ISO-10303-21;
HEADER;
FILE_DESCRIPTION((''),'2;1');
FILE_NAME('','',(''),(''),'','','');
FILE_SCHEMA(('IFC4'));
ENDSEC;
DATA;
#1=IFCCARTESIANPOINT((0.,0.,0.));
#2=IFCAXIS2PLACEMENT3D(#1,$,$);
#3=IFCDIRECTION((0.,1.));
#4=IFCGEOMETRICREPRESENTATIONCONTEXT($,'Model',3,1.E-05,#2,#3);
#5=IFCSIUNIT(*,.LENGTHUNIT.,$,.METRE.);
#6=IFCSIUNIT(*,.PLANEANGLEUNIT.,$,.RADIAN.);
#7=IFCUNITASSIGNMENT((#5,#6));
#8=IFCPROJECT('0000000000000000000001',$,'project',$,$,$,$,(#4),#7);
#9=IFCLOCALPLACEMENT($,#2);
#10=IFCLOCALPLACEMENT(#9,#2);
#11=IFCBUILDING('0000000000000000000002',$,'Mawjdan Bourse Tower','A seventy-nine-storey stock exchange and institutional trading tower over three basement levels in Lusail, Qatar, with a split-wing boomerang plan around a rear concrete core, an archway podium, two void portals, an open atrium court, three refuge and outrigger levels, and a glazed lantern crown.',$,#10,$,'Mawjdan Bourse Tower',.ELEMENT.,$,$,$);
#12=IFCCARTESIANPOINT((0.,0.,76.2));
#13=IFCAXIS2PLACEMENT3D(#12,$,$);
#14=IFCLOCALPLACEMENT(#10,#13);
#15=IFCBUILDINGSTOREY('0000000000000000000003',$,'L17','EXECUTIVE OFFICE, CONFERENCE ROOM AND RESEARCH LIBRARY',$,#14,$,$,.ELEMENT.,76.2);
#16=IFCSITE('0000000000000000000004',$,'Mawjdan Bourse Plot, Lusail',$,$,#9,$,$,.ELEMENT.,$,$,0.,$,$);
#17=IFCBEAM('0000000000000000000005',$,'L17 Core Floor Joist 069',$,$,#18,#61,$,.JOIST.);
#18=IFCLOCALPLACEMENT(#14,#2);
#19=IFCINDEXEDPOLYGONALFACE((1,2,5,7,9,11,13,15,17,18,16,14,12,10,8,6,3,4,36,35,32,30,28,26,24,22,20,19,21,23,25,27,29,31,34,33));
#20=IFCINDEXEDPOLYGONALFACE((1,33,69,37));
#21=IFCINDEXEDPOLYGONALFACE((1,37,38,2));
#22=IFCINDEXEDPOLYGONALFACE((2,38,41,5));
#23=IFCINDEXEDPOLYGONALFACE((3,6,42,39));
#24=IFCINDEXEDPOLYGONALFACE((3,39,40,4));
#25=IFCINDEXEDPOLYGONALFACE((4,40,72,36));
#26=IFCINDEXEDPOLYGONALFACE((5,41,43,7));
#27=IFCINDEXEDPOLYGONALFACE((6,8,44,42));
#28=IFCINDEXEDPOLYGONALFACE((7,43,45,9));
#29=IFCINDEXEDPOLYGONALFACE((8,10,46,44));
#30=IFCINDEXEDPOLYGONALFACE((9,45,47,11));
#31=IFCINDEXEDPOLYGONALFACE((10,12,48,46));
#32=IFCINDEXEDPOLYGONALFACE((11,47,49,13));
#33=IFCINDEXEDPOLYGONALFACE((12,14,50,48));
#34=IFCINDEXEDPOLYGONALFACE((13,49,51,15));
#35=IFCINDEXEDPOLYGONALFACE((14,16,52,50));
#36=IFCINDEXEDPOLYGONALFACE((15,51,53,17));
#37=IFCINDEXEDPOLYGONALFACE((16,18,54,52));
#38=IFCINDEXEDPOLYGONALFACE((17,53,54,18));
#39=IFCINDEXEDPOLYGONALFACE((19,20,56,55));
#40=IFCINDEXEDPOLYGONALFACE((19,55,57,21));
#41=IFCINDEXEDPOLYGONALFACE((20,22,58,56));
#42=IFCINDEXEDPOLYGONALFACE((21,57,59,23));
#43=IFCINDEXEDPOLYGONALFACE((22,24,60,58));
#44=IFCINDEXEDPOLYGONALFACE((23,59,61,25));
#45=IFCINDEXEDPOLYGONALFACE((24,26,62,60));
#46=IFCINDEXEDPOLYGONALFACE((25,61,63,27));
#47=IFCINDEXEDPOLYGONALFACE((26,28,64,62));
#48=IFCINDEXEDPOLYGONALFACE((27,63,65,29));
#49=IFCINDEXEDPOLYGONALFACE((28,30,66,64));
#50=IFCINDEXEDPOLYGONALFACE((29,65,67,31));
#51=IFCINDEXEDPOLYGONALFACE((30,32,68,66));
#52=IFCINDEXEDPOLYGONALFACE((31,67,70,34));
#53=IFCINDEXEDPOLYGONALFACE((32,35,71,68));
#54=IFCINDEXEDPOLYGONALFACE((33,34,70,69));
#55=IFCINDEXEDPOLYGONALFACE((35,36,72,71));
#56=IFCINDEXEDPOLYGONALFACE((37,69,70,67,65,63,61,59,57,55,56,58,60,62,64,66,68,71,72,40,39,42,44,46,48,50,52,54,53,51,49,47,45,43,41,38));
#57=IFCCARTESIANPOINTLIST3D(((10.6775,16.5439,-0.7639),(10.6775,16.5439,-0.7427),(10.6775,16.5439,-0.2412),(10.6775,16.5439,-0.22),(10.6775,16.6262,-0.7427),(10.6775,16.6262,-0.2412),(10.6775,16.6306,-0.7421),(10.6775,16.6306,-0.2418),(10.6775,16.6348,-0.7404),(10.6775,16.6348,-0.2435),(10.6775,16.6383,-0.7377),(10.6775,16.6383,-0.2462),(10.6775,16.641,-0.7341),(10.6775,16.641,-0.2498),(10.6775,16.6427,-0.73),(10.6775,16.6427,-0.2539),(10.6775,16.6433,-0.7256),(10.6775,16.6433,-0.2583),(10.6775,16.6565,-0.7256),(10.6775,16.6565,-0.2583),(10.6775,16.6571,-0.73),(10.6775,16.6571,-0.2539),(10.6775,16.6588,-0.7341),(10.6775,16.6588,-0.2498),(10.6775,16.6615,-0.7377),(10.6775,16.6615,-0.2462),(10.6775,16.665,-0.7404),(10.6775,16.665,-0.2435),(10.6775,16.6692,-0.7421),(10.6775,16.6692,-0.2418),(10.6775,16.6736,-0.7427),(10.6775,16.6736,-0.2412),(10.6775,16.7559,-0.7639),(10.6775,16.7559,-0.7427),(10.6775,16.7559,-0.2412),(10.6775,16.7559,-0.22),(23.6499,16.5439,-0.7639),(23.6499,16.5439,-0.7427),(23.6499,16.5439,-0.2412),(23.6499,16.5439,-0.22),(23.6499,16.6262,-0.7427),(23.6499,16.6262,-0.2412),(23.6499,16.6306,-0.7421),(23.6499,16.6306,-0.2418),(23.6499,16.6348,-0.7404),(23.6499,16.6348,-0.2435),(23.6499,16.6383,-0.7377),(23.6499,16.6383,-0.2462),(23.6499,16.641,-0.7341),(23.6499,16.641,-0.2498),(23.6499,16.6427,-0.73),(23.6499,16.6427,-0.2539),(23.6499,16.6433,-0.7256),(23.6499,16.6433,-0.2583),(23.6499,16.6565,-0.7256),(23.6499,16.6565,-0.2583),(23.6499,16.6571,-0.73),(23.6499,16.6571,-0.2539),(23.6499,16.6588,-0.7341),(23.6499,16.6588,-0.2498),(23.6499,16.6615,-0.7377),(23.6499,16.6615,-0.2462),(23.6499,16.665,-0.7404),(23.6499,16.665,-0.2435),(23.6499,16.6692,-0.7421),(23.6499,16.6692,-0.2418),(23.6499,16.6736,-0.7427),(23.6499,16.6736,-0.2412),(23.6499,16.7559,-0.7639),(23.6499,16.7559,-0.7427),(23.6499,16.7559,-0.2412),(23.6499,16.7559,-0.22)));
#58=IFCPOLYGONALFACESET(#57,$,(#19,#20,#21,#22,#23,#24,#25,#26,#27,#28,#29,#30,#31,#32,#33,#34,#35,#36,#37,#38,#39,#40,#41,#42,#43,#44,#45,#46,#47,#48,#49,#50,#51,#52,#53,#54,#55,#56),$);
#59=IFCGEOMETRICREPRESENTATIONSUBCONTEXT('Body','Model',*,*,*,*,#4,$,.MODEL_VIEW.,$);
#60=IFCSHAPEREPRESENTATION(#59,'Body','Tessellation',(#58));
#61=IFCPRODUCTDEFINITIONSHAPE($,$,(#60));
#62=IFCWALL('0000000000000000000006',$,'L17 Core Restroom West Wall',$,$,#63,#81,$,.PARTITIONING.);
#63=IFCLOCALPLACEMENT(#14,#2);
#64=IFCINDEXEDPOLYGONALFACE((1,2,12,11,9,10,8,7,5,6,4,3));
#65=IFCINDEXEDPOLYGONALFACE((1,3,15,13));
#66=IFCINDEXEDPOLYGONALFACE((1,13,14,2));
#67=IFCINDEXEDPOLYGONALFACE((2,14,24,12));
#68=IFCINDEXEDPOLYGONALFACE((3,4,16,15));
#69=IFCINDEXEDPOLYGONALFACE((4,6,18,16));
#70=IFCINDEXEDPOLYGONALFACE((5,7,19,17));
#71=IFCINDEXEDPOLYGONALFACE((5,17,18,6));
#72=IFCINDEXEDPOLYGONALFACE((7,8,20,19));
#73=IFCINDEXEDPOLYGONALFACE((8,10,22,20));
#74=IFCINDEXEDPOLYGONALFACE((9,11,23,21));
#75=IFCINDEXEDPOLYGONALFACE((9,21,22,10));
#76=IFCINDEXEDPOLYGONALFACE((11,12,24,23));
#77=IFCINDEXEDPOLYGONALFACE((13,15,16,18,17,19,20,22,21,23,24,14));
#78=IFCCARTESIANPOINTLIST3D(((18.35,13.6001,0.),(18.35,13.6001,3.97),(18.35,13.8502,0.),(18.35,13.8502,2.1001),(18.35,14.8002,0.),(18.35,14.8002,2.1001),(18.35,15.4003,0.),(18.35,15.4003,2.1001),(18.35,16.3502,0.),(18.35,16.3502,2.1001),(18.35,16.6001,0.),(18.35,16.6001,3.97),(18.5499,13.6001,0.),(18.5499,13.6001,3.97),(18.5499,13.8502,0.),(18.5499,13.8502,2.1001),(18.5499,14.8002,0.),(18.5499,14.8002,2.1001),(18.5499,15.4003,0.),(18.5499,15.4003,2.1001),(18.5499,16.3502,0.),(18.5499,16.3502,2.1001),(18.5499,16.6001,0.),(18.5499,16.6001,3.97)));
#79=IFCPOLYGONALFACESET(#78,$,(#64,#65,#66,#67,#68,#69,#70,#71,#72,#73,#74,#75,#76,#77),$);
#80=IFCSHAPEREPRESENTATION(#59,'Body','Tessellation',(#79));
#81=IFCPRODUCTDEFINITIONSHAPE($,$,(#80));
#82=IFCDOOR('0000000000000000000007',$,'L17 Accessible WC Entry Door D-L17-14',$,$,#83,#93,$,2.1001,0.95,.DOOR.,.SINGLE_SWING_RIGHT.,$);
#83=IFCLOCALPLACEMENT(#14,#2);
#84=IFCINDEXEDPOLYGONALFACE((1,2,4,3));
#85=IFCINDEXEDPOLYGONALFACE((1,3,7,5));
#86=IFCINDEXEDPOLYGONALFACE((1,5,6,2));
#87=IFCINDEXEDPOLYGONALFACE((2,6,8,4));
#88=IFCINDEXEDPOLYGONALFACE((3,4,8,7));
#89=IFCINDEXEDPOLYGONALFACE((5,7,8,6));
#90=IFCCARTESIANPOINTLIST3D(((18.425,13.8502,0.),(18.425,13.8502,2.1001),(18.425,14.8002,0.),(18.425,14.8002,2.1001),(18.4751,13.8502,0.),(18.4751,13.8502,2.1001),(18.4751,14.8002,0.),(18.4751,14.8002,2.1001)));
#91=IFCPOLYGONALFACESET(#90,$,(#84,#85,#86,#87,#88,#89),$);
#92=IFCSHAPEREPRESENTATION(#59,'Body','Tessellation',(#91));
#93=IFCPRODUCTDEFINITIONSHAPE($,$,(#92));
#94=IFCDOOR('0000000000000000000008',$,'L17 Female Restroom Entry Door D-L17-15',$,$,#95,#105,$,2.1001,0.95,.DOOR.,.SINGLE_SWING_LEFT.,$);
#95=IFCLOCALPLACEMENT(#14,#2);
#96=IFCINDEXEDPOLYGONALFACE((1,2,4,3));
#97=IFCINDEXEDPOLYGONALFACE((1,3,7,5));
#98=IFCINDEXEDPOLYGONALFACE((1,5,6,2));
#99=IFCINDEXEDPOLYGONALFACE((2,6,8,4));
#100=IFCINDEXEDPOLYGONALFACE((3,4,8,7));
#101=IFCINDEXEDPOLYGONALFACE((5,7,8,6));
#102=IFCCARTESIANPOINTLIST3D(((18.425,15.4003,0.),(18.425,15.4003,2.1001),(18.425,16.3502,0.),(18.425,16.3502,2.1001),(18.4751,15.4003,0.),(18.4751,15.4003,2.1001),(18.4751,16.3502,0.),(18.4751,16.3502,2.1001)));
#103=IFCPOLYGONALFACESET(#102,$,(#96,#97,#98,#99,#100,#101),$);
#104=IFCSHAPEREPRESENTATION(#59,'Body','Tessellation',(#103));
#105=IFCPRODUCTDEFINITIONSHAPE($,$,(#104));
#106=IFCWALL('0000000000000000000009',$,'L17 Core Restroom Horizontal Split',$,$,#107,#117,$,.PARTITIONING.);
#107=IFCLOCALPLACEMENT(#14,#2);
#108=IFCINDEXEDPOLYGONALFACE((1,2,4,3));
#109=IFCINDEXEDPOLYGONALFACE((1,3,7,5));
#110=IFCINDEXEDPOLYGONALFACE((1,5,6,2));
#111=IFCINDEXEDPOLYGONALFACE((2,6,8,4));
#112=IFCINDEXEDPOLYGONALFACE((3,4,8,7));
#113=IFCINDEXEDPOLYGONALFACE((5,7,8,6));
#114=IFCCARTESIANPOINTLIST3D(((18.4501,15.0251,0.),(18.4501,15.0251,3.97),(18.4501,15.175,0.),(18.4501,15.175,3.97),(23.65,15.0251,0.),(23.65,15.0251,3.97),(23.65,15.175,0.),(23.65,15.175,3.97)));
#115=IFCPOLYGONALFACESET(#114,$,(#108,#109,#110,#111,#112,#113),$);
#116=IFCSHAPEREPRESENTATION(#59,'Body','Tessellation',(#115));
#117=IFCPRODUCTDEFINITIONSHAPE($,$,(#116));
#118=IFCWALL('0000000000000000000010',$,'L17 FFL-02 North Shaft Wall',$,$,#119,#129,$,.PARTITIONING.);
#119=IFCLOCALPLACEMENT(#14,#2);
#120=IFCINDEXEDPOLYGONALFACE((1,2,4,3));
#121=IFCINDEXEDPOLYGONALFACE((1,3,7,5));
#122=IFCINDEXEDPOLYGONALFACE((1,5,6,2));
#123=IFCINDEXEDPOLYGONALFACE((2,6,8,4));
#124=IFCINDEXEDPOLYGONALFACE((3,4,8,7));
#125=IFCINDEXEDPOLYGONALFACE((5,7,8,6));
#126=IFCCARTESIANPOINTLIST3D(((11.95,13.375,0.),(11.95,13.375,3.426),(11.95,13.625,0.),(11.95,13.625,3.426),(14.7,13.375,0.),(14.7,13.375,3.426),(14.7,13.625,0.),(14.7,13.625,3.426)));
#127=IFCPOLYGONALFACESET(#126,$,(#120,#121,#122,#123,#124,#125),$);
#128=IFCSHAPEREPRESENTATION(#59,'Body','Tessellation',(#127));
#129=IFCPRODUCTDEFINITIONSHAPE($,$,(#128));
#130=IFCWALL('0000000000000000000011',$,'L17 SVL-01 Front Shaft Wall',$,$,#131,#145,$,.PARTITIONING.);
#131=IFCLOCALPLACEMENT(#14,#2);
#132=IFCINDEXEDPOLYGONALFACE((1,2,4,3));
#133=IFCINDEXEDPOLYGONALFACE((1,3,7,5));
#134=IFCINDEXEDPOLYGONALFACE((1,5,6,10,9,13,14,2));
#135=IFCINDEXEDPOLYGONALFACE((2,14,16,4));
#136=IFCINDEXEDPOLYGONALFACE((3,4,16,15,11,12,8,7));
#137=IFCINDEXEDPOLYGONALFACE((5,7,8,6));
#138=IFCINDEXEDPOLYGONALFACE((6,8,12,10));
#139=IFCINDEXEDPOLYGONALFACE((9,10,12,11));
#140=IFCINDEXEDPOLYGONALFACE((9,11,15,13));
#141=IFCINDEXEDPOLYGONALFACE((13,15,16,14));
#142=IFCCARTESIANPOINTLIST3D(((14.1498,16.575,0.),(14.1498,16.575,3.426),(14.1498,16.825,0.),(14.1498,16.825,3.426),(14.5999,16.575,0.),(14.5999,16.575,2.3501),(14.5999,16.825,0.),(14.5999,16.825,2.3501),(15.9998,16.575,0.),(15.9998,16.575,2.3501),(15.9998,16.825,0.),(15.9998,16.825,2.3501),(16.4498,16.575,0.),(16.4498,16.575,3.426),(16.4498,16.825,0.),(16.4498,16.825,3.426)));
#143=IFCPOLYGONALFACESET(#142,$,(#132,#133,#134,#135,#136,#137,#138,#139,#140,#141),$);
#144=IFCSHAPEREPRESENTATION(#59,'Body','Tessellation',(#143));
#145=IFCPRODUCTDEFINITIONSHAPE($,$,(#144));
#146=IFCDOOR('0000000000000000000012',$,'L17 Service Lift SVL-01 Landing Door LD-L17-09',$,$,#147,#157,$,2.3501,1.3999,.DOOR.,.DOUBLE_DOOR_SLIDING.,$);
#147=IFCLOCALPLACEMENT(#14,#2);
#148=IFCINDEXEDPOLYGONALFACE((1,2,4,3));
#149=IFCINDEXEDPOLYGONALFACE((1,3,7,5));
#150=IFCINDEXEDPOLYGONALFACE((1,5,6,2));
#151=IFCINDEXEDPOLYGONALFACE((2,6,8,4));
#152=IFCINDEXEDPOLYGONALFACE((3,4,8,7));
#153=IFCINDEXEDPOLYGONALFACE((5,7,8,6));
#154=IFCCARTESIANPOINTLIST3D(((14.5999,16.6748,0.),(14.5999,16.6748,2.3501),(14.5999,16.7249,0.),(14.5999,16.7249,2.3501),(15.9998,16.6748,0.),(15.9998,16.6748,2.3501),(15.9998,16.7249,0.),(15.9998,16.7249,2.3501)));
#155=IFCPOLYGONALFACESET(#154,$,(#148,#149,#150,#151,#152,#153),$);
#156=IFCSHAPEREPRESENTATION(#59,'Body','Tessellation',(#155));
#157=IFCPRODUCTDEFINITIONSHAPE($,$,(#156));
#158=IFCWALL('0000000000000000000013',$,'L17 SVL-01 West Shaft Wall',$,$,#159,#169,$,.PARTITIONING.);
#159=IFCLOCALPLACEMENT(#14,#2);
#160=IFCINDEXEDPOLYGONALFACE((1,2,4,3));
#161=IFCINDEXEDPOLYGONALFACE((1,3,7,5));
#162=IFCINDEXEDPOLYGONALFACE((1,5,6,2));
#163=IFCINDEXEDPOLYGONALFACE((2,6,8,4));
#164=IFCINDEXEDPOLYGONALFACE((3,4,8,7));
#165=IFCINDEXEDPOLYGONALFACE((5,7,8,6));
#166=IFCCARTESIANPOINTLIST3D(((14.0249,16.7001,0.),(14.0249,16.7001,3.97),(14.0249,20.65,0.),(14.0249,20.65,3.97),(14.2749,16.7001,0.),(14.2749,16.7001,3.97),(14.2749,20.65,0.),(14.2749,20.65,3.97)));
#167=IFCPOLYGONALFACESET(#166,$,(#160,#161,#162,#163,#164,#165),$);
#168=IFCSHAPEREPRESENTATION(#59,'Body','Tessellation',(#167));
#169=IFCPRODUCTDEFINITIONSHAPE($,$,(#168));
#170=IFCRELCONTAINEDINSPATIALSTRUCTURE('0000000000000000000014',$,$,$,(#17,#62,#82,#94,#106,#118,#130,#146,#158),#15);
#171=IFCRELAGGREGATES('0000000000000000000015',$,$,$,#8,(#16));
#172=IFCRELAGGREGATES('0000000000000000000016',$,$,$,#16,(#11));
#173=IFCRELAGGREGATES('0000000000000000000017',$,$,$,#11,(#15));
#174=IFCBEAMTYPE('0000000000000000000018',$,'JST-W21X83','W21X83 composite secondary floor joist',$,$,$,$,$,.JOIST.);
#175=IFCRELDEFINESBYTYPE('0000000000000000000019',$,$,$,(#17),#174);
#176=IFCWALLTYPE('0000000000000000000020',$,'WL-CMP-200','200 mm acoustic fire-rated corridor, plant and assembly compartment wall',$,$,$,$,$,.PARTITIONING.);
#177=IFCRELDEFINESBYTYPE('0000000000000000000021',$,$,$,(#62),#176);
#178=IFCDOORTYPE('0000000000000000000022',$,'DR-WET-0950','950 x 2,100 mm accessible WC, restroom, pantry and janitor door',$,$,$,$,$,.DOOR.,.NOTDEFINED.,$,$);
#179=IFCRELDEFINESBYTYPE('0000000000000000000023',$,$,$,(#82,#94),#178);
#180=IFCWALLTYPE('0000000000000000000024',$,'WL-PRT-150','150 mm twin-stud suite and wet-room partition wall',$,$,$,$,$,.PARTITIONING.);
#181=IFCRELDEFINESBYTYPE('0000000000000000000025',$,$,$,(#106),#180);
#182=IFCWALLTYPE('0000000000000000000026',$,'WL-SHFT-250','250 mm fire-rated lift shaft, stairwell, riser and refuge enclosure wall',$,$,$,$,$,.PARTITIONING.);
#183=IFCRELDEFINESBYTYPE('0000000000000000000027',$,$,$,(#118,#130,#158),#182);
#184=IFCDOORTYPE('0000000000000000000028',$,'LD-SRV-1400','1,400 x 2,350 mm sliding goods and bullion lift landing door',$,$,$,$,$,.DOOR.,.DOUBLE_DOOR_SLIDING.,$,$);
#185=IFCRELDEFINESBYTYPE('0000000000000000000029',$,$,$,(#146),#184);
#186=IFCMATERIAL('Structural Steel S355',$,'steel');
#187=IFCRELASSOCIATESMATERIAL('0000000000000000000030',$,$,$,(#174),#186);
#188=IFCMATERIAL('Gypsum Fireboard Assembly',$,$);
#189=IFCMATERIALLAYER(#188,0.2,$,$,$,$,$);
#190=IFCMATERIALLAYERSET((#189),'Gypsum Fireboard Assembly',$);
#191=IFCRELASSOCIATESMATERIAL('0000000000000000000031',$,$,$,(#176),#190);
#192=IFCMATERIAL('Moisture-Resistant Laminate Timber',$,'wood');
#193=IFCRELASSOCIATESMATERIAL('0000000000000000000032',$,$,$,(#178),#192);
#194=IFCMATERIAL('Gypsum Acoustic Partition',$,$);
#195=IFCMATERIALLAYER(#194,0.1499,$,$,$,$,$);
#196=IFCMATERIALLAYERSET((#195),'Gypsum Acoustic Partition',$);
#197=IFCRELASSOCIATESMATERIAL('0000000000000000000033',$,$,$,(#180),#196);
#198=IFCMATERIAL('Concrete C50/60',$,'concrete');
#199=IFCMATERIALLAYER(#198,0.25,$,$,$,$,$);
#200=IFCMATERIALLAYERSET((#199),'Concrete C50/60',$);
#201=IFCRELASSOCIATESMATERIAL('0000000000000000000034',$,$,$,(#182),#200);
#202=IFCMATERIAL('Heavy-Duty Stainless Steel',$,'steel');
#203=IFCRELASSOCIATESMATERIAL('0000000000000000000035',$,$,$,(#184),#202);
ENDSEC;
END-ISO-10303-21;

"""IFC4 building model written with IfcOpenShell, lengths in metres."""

from ifc_helpers import new_model, si_unit, direction, frame, frame_2d, origin, origin_2d, place, context, subcontext, project, spatial, rectangle, i_section, extrude, material, layer, layer_set, material_profile, profile_set, type_object, element, fill, save


model = new_model("IFC4")

# Units and contexts
model_context = context("Model", 3, precision=1e-05, world=origin(), true_north=direction((0.0, 1.0)))
body_context = subcontext(model_context, "Body", "Model", "MODEL_VIEW")
ifc_project = project(units=[si_unit("LENGTHUNIT", "METRE"), si_unit("PLANEANGLEUNIT", "RADIAN")], contexts=[model_context])

# Site, building, storey
site_placement = place(None, origin())
site = spatial("IfcSite", under=ifc_project, at=site_placement, Name="Mawjdan Bourse Plot, Lusail", CompositionType="ELEMENT", RefElevation=0.0)
building_placement = place(site_placement, origin())
building = spatial("IfcBuilding", under=site, at=building_placement, Name="Mawjdan Bourse Tower", Description="A seventy-nine-storey stock exchange and institutional trading tower over three basement levels in Lusail, Qatar, with a split-wing boomerang plan around a rear concrete core, an archway podium, two void portals, an open atrium court, three refuge and outrigger levels, and a glazed lantern crown.", LongName="Mawjdan Bourse Tower", CompositionType="ELEMENT")
storey_placement = place(building_placement, frame((0.0, 0.0, 76.2)))
storey = spatial("IfcBuildingStorey", under=building, at=storey_placement, Name="L17", Description="EXECUTIVE OFFICE, CONFERENCE ROOM AND RESEARCH LIBRARY", CompositionType="ELEMENT", Elevation=76.2)

# Beam
ifc_material_1 = material(Name="Structural Steel S355", Category="steel")
ifc_material_profile = material_profile(ifc_material_1, i_section(OverallWidth=0.2119, OverallDepth=0.5439, WebThickness=0.0132, FlangeThickness=0.0212, FilletRadius=0.0171, at=origin_2d()), Name="W21X83")
ifc_profile_set = profile_set([ifc_material_profile], Name="Structural Steel S355")
beam_type = type_object("IfcBeamType", Name="JST-W21X83", Description="W21X83 composite secondary floor joist", PredefinedType="JOIST", material=ifc_profile_set)
beam_placement = place(storey_placement, frame((10.6775, 16.6499, -0.4919), z_axis=(1.0, 0.0, 0.0), x_axis=(0.0, 1.0, 0.0)))
element("IfcBeam", 1, at=beam_placement, inside=storey, type_object=beam_type, Name="L17 Core Floor Joist 069", PredefinedType="JOIST", context=body_context, shape_type="SweptSolid", body=[
    extrude(i_section(OverallWidth=0.2119, OverallDepth=0.5439, WebThickness=0.0132, FlangeThickness=0.0212, FilletRadius=0.0171, at=origin_2d()), origin(), (0.0, 0.0, 1.0), 12.9724),
])

# Wall, openings, doors
ifc_material_2 = material(Name="Gypsum Fireboard Assembly")
ifc_layer_1 = layer(ifc_material_2, 0.2)
ifc_layer_set_1 = layer_set([ifc_layer_1], Name="Gypsum Fireboard Assembly")
wall_type_1 = type_object("IfcWallType", Name="WL-CMP-200", Description="200 mm acoustic fire-rated corridor, plant and assembly compartment wall", PredefinedType="PARTITIONING", material=ifc_layer_set_1)
wall_1_placement = place(storey_placement, frame((18.45, 13.6001, 0.0), z_axis=(0.0, 0.0, 1.0), x_axis=(0.0, 1.0, 0.0)))
wall_1 = element("IfcWall", 2, at=wall_1_placement, inside=storey, type_object=wall_type_1, Name="L17 Core Restroom West Wall", PredefinedType="PARTITIONING", context=body_context, shape_type="SweptSolid", body=[
    extrude(rectangle(XDim=3.0, YDim=0.2, at=frame_2d((1.5, 0.0))), origin(), (0.0, 0.0, 1.0), 3.97),
])
opening_1_placement = place(wall_1_placement, frame((0.25, 0.0, 0.0)))
opening_1 = element("IfcOpeningElement", 3, at=opening_1_placement, cuts=wall_1, PredefinedType="OPENING", context=body_context, shape_type="SweptSolid", body=[
    extrude(rectangle(XDim=0.95, YDim=2.1001, at=frame_2d((0.4751, 1.05))), frame((0.0, 0.1099, 0.0), z_axis=(0.0, -1.0, 0.0), x_axis=(1.0, 0.0, 0.0)), (0.0, 0.0, 1.0), 0.22),
])
opening_2_placement = place(wall_1_placement, frame((1.8, 0.0, 0.0)))
opening_2 = element("IfcOpeningElement", 4, at=opening_2_placement, cuts=wall_1, PredefinedType="OPENING", context=body_context, shape_type="SweptSolid", body=[
    extrude(rectangle(XDim=0.95, YDim=2.1001, at=frame_2d((0.4751, 1.05))), frame((0.0, 0.1099, 0.0), z_axis=(0.0, -1.0, 0.0), x_axis=(1.0, 0.0, 0.0)), (0.0, 0.0, 1.0), 0.22),
])
ifc_material_3 = material(Name="Moisture-Resistant Laminate Timber", Category="wood")
door_type_1 = type_object("IfcDoorType", Name="DR-WET-0950", Description="950 x 2,100 mm accessible WC, restroom, pantry and janitor door", OperationType="NOTDEFINED", PredefinedType="DOOR", material=ifc_material_3)
door_1_placement = place(opening_1_placement, origin())
door_1 = element("IfcDoor", 5, at=door_1_placement, inside=storey, type_object=door_type_1, Name="L17 Accessible WC Entry Door D-L17-14", OperationType="SINGLE_SWING_RIGHT", OverallHeight=2.1001, OverallWidth=0.95, PredefinedType="DOOR", context=body_context, shape_type="SweptSolid", body=[
    extrude(rectangle(XDim=0.95, YDim=2.1001, at=frame_2d((0.4751, 1.05))), frame((0.0, 0.0249, 0.0), z_axis=(0.0, -1.0, 0.0), x_axis=(1.0, 0.0, 0.0)), (0.0, 0.0, 1.0), 0.05),
])
fill(opening_1, door_1)
door_2_placement = place(opening_2_placement, origin())
door_2 = element("IfcDoor", 6, at=door_2_placement, inside=storey, type_object=door_type_1, Name="L17 Female Restroom Entry Door D-L17-15", OperationType="SINGLE_SWING_LEFT", OverallHeight=2.1001, OverallWidth=0.95, PredefinedType="DOOR", context=body_context, shape_type="SweptSolid", body=[
    extrude(rectangle(XDim=0.95, YDim=2.1001, at=frame_2d((0.4751, 1.05))), frame((0.0, 0.0249, 0.0), z_axis=(0.0, -1.0, 0.0), x_axis=(1.0, 0.0, 0.0)), (0.0, 0.0, 1.0), 0.05),
])
fill(opening_2, door_2)

# Walls
ifc_material_4 = material(Name="Gypsum Acoustic Partition")
ifc_layer_2 = layer(ifc_material_4, 0.1499)
ifc_layer_set_2 = layer_set([ifc_layer_2], Name="Gypsum Acoustic Partition")
wall_type_2 = type_object("IfcWallType", Name="WL-PRT-150", Description="150 mm twin-stud suite and wet-room partition wall", PredefinedType="PARTITIONING", material=ifc_layer_set_2)
wall_2_placement = place(storey_placement, frame((18.45, 15.1001, 0.0), z_axis=(0.0, 0.0, 1.0), x_axis=(1.0, 0.0, 0.0)))
element("IfcWall", 7, at=wall_2_placement, inside=storey, type_object=wall_type_2, Name="L17 Core Restroom Horizontal Split", PredefinedType="PARTITIONING", context=body_context, shape_type="SweptSolid", body=[
    extrude(rectangle(XDim=5.2, YDim=0.1499, at=frame_2d((2.6001, 0.0))), origin(), (0.0, 0.0, 1.0), 3.97),
])
ifc_material_5 = material(Name="Concrete C50/60", Category="concrete")
ifc_layer_3 = layer(ifc_material_5, 0.25)
ifc_layer_set_3 = layer_set([ifc_layer_3], Name="Concrete C50/60")
wall_type_3 = type_object("IfcWallType", Name="WL-SHFT-250", Description="250 mm fire-rated lift shaft, stairwell, riser and refuge enclosure wall", PredefinedType="PARTITIONING", material=ifc_layer_set_3)
wall_3_placement = place(storey_placement, frame((11.95, 13.5, 0.0), z_axis=(0.0, 0.0, 1.0), x_axis=(1.0, 0.0, 0.0)))
element("IfcWall", 8, at=wall_3_placement, inside=storey, type_object=wall_type_3, Name="L17 FFL-02 North Shaft Wall", PredefinedType="PARTITIONING", context=body_context, shape_type="SweptSolid", body=[
    extrude(rectangle(XDim=2.75, YDim=0.25, at=frame_2d((1.375, 0.0))), origin(), (0.0, 0.0, 1.0), 3.426),
])

# Wall, opening, door
wall_4_placement = place(storey_placement, frame((14.1499, 16.7, 0.0), z_axis=(0.0, 0.0, 1.0), x_axis=(1.0, 0.0, 0.0)))
wall_4 = element("IfcWall", 9, at=wall_4_placement, inside=storey, type_object=wall_type_3, Name="L17 SVL-01 Front Shaft Wall", PredefinedType="PARTITIONING", context=body_context, shape_type="SweptSolid", body=[
    extrude(rectangle(XDim=2.3, YDim=0.25, at=frame_2d((1.1499, 0.0))), origin(), (0.0, 0.0, 1.0), 3.426),
])
opening_3_placement = place(wall_4_placement, frame((0.45, 0.0, 0.0)))
opening_3 = element("IfcOpeningElement", 10, at=opening_3_placement, cuts=wall_4, PredefinedType="OPENING", context=body_context, shape_type="SweptSolid", body=[
    extrude(rectangle(XDim=1.3999, YDim=2.3501, at=frame_2d((0.7, 1.175))), frame((0.0, 0.135, 0.0), z_axis=(0.0, -1.0, 0.0), x_axis=(1.0, 0.0, 0.0)), (0.0, 0.0, 1.0), 0.27),
])
ifc_material_6 = material(Name="Heavy-Duty Stainless Steel", Category="steel")
door_type_2 = type_object("IfcDoorType", Name="LD-SRV-1400", Description="1,400 x 2,350 mm sliding goods and bullion lift landing door", OperationType="DOUBLE_DOOR_SLIDING", PredefinedType="DOOR", material=ifc_material_6)
door_3_placement = place(opening_3_placement, origin())
door_3 = element("IfcDoor", 11, at=door_3_placement, inside=storey, type_object=door_type_2, Name="L17 Service Lift SVL-01 Landing Door LD-L17-09", OperationType="DOUBLE_DOOR_SLIDING", OverallHeight=2.3501, OverallWidth=1.3999, PredefinedType="DOOR", context=body_context, shape_type="SweptSolid", body=[
    extrude(rectangle(XDim=1.3999, YDim=2.3501, at=frame_2d((0.7, 1.175))), frame((0.0, 0.0249, 0.0), z_axis=(0.0, -1.0, 0.0), x_axis=(1.0, 0.0, 0.0)), (0.0, 0.0, 1.0), 0.05),
])
fill(opening_3, door_3)

# Wall
for number, where, z_axis, x_axis, name in (
    (12, (14.1499, 16.7, 0.0), (0.0, 0.0, 1.0), (0.0, 1.0, 0.0), "L17 SVL-01 West Shaft Wall"),
):
    element("IfcWall", number, at=place(storey_placement, frame(where, z_axis=z_axis, x_axis=x_axis)), inside=storey, type_object=wall_type_3, Name=name, PredefinedType="PARTITIONING", context=body_context, shape_type="SweptSolid", body=[
        extrude(rectangle(XDim=3.95, YDim=0.25, at=frame_2d((1.9751, 0.0))), origin(), (0.0, 0.0, 1.0), 3.97),
    ])

save(model, "model.ifc")
